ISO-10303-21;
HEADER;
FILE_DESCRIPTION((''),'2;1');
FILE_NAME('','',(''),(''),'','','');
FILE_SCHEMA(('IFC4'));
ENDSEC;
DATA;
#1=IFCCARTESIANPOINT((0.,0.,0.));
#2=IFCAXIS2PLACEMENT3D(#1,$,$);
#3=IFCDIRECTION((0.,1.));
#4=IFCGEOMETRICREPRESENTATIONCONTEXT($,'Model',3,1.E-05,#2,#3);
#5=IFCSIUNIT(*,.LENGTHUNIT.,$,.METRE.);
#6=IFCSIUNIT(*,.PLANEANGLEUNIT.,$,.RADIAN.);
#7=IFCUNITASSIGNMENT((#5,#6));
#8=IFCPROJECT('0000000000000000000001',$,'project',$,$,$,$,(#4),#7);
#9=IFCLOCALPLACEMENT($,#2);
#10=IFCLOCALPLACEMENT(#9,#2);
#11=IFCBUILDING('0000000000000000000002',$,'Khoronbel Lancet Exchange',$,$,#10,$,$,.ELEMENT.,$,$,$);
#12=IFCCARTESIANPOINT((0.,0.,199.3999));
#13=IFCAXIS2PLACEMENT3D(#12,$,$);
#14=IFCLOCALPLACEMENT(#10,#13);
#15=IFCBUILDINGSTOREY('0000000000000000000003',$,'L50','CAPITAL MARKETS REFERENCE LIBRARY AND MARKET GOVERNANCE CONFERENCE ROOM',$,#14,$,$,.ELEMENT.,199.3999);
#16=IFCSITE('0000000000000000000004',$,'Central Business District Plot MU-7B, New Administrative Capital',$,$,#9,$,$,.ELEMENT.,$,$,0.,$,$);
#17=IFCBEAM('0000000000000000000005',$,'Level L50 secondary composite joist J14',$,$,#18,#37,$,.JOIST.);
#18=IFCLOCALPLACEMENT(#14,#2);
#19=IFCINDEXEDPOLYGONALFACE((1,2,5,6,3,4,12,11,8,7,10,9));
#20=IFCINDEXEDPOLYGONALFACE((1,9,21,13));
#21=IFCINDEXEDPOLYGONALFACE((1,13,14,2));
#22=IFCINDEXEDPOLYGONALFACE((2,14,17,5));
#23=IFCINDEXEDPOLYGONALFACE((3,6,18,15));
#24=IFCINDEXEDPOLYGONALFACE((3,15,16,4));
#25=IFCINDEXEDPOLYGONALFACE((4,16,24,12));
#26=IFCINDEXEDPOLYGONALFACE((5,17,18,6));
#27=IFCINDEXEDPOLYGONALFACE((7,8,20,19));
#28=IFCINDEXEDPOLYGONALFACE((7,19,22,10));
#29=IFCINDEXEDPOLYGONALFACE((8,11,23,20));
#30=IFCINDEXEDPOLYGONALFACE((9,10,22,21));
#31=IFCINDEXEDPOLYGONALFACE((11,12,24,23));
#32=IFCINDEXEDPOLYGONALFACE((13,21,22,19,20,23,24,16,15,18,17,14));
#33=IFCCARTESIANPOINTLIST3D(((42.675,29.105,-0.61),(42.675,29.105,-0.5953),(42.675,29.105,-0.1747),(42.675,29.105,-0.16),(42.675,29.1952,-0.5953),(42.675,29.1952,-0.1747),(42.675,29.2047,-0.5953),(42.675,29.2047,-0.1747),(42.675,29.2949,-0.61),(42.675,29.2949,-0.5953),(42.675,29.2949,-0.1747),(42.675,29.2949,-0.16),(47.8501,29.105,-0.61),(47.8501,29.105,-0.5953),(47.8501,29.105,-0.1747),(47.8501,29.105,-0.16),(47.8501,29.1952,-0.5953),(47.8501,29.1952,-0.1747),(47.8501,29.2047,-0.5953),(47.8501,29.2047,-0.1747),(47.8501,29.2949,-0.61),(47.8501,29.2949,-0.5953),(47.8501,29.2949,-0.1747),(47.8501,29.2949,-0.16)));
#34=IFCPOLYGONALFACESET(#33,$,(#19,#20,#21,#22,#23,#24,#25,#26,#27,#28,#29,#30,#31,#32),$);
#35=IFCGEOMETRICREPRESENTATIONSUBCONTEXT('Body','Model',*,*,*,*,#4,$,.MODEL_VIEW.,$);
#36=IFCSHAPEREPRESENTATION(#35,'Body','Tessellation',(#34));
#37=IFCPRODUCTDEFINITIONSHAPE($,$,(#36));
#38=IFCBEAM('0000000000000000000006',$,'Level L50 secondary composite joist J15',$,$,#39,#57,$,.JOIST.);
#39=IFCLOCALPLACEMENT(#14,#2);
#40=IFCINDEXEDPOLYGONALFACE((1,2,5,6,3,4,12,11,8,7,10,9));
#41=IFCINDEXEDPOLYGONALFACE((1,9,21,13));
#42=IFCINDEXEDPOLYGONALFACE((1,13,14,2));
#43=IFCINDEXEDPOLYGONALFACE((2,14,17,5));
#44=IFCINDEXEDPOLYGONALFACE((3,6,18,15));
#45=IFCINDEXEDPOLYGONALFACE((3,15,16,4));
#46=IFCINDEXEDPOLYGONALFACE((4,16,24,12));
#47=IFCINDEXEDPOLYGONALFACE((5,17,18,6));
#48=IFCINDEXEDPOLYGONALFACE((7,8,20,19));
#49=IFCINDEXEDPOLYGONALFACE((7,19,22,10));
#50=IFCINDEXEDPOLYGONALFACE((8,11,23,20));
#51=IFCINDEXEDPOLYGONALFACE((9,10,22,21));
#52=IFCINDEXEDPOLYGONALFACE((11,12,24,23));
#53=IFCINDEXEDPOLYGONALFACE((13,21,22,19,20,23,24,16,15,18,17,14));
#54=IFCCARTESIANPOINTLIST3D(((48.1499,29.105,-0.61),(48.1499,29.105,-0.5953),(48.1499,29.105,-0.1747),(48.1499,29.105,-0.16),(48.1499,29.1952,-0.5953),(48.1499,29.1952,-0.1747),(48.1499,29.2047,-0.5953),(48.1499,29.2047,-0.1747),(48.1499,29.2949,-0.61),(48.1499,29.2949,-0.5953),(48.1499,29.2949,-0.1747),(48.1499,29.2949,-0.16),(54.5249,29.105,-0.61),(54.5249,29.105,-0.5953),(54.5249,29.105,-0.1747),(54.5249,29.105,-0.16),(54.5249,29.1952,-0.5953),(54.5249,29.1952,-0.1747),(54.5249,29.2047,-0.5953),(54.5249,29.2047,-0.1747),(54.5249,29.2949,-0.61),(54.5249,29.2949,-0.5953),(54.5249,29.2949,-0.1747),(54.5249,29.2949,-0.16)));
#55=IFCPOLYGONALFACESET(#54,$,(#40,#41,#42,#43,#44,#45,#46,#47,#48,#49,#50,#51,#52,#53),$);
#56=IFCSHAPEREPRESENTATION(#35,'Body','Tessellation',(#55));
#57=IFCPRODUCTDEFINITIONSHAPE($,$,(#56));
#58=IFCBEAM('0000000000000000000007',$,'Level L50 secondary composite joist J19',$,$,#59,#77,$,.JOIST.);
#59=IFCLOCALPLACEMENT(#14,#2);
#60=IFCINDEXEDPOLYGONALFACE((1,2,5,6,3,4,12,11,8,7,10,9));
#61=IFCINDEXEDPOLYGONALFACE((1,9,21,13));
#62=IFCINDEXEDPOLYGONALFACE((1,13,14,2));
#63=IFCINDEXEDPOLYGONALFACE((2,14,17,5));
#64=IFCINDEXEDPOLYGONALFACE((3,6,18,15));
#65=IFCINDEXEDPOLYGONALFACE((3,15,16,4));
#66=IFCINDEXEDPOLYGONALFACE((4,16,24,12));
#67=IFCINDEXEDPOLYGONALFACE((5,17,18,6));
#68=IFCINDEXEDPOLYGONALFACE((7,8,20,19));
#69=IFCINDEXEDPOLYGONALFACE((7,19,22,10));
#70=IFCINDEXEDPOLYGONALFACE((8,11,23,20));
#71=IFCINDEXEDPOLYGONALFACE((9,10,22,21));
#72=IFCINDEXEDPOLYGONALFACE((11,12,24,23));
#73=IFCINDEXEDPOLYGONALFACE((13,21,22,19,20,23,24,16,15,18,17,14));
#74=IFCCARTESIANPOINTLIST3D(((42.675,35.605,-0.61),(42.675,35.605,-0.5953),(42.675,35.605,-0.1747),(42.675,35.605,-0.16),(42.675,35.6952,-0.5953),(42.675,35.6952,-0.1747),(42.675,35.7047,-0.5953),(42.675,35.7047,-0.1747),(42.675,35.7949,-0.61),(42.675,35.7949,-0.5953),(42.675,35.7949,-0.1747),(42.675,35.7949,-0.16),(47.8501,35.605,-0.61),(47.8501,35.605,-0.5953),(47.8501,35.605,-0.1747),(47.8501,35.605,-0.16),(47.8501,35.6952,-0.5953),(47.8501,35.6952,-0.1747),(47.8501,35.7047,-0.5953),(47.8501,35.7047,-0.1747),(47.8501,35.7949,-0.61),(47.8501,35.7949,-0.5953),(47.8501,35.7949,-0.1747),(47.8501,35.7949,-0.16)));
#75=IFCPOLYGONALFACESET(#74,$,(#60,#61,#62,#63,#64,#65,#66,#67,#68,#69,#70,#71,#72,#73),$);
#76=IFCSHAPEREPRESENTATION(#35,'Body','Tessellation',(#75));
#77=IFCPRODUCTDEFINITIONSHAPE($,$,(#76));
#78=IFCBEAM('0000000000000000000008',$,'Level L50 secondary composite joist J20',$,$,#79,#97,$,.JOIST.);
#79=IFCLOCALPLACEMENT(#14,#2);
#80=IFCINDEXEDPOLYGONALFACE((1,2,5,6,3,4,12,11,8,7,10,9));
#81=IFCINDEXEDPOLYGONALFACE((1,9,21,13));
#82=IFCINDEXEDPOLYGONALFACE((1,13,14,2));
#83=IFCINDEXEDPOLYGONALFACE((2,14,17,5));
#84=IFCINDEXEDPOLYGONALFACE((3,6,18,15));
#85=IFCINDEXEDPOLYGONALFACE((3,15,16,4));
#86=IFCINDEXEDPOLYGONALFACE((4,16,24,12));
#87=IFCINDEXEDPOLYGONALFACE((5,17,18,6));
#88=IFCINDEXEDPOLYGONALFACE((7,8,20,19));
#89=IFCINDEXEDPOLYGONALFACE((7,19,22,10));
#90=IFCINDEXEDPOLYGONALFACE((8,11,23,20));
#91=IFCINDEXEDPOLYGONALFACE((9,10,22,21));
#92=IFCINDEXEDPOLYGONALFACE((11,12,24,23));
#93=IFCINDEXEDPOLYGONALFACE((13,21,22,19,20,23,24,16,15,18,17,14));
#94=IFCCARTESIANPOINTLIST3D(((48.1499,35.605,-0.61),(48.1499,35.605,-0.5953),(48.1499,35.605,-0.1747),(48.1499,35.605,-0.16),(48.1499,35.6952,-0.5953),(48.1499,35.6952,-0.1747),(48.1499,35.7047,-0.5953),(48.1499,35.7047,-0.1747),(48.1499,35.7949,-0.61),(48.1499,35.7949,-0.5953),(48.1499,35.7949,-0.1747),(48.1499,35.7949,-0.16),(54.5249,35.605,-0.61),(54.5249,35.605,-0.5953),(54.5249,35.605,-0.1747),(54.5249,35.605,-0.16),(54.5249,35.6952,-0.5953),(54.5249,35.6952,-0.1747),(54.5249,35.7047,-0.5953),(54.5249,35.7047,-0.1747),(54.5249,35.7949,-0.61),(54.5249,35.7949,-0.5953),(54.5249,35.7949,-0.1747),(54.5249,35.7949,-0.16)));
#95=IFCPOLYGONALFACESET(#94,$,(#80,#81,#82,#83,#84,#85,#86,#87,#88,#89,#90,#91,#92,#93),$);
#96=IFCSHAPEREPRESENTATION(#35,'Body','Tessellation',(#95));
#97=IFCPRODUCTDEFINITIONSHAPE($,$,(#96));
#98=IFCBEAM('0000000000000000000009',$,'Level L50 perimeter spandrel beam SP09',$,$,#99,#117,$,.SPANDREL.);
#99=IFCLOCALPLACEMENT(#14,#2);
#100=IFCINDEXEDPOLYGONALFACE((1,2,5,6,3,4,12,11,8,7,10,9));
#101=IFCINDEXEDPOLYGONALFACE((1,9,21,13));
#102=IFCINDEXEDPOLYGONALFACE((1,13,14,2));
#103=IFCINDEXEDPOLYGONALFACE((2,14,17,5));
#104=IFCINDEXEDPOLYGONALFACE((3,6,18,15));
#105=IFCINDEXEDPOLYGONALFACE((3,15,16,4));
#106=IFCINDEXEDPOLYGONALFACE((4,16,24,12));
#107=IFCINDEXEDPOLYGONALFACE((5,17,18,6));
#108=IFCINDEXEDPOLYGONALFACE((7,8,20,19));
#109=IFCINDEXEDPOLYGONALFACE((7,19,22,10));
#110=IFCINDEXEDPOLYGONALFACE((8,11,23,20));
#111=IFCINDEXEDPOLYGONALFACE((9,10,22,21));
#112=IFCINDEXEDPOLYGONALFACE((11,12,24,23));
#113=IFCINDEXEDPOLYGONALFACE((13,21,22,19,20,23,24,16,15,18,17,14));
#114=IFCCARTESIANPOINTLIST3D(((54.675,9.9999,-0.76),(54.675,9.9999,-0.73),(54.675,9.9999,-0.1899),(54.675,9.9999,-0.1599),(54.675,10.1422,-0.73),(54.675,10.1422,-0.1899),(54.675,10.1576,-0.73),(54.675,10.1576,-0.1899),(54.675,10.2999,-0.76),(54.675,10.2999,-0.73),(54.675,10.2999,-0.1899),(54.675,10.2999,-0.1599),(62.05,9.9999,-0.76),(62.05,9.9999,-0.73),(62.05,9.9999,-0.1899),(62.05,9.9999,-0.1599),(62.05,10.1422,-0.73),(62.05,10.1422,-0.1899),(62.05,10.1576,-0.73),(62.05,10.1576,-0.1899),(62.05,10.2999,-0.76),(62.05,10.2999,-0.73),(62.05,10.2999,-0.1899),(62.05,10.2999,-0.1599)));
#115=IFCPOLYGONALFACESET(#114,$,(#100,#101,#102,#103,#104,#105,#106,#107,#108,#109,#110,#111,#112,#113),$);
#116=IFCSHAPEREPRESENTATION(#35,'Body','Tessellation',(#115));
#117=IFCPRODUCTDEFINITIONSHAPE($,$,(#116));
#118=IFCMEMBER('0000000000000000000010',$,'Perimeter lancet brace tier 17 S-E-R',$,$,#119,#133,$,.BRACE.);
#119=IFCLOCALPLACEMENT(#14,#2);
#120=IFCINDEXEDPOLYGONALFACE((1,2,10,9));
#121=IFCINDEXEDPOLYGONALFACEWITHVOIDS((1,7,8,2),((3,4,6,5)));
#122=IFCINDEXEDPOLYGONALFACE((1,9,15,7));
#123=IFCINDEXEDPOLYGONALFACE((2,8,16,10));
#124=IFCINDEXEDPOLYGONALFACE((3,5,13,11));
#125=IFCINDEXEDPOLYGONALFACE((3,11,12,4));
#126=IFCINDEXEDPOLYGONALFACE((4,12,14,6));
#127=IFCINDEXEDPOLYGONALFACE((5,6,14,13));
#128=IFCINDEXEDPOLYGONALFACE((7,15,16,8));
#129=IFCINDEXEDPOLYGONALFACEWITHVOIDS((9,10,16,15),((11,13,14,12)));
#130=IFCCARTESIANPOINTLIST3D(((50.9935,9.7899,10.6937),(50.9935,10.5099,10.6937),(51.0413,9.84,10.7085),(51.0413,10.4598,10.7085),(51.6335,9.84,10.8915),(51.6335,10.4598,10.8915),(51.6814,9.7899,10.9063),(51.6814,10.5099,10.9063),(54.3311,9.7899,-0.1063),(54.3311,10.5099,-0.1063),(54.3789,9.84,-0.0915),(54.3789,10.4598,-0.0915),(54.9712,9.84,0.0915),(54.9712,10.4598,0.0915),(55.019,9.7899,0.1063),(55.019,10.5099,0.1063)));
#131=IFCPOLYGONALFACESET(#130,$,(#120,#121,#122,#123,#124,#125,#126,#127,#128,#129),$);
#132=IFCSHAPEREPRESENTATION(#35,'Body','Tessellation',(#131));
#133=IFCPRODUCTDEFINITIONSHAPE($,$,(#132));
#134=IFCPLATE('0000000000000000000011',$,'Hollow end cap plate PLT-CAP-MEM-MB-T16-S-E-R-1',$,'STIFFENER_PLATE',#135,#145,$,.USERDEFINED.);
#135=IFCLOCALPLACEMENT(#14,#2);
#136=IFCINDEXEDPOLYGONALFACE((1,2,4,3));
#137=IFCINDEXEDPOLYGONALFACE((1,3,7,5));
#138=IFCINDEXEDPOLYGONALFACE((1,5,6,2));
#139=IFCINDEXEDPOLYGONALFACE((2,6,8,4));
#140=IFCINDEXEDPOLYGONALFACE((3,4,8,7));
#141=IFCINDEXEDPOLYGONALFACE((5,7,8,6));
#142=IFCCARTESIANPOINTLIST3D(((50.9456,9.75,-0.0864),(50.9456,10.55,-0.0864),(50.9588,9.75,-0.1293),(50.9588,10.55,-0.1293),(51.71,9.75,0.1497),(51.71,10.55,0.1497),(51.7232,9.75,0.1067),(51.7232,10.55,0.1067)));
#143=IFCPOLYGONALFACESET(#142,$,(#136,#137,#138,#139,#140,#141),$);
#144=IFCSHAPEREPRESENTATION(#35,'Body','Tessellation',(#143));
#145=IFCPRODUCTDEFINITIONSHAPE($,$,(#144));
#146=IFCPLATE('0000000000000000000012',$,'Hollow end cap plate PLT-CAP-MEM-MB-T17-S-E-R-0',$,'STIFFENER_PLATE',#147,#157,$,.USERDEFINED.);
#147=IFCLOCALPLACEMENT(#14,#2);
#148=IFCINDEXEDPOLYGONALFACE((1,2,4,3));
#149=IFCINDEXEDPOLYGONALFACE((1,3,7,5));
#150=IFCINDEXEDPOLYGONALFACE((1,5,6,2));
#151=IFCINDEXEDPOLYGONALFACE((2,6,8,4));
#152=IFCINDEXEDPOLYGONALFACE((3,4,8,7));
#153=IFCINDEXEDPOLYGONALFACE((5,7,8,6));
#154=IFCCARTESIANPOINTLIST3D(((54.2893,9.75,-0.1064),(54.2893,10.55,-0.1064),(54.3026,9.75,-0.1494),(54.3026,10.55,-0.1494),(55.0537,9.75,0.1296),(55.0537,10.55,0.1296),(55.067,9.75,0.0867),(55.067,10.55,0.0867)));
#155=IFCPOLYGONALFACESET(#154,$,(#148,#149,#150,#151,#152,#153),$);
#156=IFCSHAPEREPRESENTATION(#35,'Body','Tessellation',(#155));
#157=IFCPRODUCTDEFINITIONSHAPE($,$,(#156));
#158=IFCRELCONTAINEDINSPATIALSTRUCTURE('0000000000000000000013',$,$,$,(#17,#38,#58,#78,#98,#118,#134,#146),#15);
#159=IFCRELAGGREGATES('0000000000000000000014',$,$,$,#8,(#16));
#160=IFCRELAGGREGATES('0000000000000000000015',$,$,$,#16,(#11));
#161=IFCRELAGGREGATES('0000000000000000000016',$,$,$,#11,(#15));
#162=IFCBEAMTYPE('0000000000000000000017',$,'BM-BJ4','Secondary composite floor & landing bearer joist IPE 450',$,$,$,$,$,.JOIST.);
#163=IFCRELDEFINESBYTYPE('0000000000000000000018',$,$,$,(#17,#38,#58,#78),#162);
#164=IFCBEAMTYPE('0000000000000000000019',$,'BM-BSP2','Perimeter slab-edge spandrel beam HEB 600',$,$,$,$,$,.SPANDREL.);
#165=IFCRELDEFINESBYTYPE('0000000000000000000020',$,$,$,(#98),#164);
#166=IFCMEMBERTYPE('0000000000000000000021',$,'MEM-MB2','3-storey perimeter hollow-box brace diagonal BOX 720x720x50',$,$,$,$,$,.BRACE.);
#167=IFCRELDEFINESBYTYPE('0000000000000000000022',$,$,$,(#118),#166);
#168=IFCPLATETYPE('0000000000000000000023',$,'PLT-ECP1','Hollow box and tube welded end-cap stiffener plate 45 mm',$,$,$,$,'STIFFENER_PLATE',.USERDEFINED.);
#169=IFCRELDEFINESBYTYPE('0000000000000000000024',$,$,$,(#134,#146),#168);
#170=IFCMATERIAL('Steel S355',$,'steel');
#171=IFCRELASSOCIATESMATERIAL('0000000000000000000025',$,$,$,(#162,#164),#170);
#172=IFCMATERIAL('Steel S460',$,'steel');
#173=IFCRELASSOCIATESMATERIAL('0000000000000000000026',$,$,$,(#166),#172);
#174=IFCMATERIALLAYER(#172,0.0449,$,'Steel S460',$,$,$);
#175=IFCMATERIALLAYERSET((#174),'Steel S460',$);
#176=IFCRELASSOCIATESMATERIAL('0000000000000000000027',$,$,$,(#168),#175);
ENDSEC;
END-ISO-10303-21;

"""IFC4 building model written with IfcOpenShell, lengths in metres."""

from ifc_helpers import new_model, si_unit, direction, frame, origin, origin_2d, place, context, subcontext, project, spatial, polyline, hollow_rectangle, i_section, outline, extrude, material, layer, layer_set, material_profile, profile_set, type_object, element, save


model = new_model("IFC4")

# Units and contexts
model_context = context("Model", 3, precision=1e-05, world=origin(), true_north=direction((0.0, 1.0)))
body_context = subcontext(model_context, "Body", "Model", "MODEL_VIEW")
ifc_project = project(units=[si_unit("LENGTHUNIT", "METRE"), si_unit("PLANEANGLEUNIT", "RADIAN")], contexts=[model_context])

# Site, building, storey
site_placement = place(None, origin())
site = spatial("IfcSite", under=ifc_project, at=site_placement, Name="Central Business District Plot MU-7B, New Administrative Capital", CompositionType="ELEMENT", RefElevation=0.0)
building_placement = place(site_placement, origin())
building = spatial("IfcBuilding", under=site, at=building_placement, Name="Khoronbel Lancet Exchange", CompositionType="ELEMENT")
storey_placement = place(building_placement, frame((0.0, 0.0, 199.3999)))
storey = spatial("IfcBuildingStorey", under=building, at=storey_placement, Name="L50", Description="CAPITAL MARKETS REFERENCE LIBRARY AND MARKET GOVERNANCE CONFERENCE ROOM", CompositionType="ELEMENT", Elevation=199.3999)

# Shared definitions
ifc_material_1 = material(Name="Steel S460", Category="steel")
ifc_material_2 = material(Name="Steel S355", Category="steel")

# Beams
ifc_material_profile_1 = material_profile(ifc_material_2, i_section(OverallWidth=0.1899, OverallDepth=0.45, WebThickness=0.0095, FlangeThickness=0.0146, at=origin_2d()), Name="IPE 450")
ifc_profile_set_1 = profile_set([ifc_material_profile_1], Name="Steel S355")
beam_type_1 = type_object("IfcBeamType", Name="BM-BJ4", Description="Secondary composite floor & landing bearer joist IPE 450", PredefinedType="JOIST", material=ifc_profile_set_1)
beam_1_placement = place(storey_placement, frame((42.675, 29.2, -0.385), z_axis=(1.0, 0.0, 0.0), x_axis=(0.0, 1.0, 0.0)))
element("IfcBeam", 1, at=beam_1_placement, inside=storey, type_object=beam_type_1, Name="Level L50 secondary composite joist J14", PredefinedType="JOIST", context=body_context, shape_type="SweptSolid", body=[
    extrude(i_section(OverallWidth=0.1899, OverallDepth=0.45, WebThickness=0.0095, FlangeThickness=0.0146, at=origin_2d()), origin(), (0.0, 0.0, 1.0), 5.175),
])
beam_2_placement = place(storey_placement, frame((48.1499, 29.2, -0.385), z_axis=(1.0, 0.0, 0.0), x_axis=(0.0, 1.0, 0.0)))
element("IfcBeam", 2, at=beam_2_placement, inside=storey, type_object=beam_type_1, Name="Level L50 secondary composite joist J15", PredefinedType="JOIST", context=body_context, shape_type="SweptSolid", body=[
    extrude(i_section(OverallWidth=0.1899, OverallDepth=0.45, WebThickness=0.0095, FlangeThickness=0.0146, at=origin_2d()), origin(), (0.0, 0.0, 1.0), 6.375),
])
beam_3_placement = place(storey_placement, frame((42.675, 35.7, -0.385), z_axis=(1.0, 0.0, 0.0), x_axis=(0.0, 1.0, 0.0)))
element("IfcBeam", 3, at=beam_3_placement, inside=storey, type_object=beam_type_1, Name="Level L50 secondary composite joist J19", PredefinedType="JOIST", context=body_context, shape_type="SweptSolid", body=[
    extrude(i_section(OverallWidth=0.1899, OverallDepth=0.45, WebThickness=0.0095, FlangeThickness=0.0146, at=origin_2d()), origin(), (0.0, 0.0, 1.0), 5.175),
])
beam_4_placement = place(storey_placement, frame((48.1499, 35.7, -0.385), z_axis=(1.0, 0.0, 0.0), x_axis=(0.0, 1.0, 0.0)))
element("IfcBeam", 4, at=beam_4_placement, inside=storey, type_object=beam_type_1, Name="Level L50 secondary composite joist J20", PredefinedType="JOIST", context=body_context, shape_type="SweptSolid", body=[
    extrude(i_section(OverallWidth=0.1899, OverallDepth=0.45, WebThickness=0.0095, FlangeThickness=0.0146, at=origin_2d()), origin(), (0.0, 0.0, 1.0), 6.375),
])
ifc_material_profile_2 = material_profile(ifc_material_2, i_section(OverallWidth=0.3, OverallDepth=0.6001, WebThickness=0.0154, FlangeThickness=0.03, at=origin_2d()), Name="HEB 600")
ifc_profile_set_2 = profile_set([ifc_material_profile_2], Name="Steel S355")
beam_type_2 = type_object("IfcBeamType", Name="BM-BSP2", Description="Perimeter slab-edge spandrel beam HEB 600", PredefinedType="SPANDREL", material=ifc_profile_set_2)
beam_5_placement = place(storey_placement, frame((54.675, 10.1499, -0.46), z_axis=(1.0, 0.0, 0.0), x_axis=(0.0, 1.0, 0.0)))
element("IfcBeam", 5, at=beam_5_placement, inside=storey, type_object=beam_type_2, Name="Level L50 perimeter spandrel beam SP09", PredefinedType="SPANDREL", context=body_context, shape_type="SweptSolid", body=[
    extrude(i_section(OverallWidth=0.3, OverallDepth=0.6001, WebThickness=0.0154, FlangeThickness=0.03, at=origin_2d()), origin(), (0.0, 0.0, 1.0), 7.375),
])

# Member
ifc_material_profile_3 = material_profile(ifc_material_1, hollow_rectangle(XDim=0.72, YDim=0.72, WallThickness=0.05, at=origin_2d()), Name="BOX 720x720x50")
ifc_profile_set_3 = profile_set([ifc_material_profile_3], Name="Steel S460")
member_type = type_object("IfcMemberType", Name="MEM-MB2", Description="3-storey perimeter hollow-box brace diagonal BOX 720x720x50", PredefinedType="BRACE", material=ifc_profile_set_3)
member_placement = place(storey_placement, frame((54.675, 10.1499, 0.0), z_axis=(-0.295262, 0.0, 0.955416), x_axis=(0.0, -1.0, 0.0)))
element("IfcMember", 6, at=member_placement, inside=storey, type_object=member_type, Name="Perimeter lancet brace tier 17 S-E-R", PredefinedType="BRACE", context=body_context, shape_type="SweptSolid", body=[
    extrude(hollow_rectangle(XDim=0.72, YDim=0.72, WallThickness=0.05, at=origin_2d()), origin(), (0.0, 0.0, 1.0), 11.304),
])

# Plates
ifc_layer_1 = layer(ifc_material_1, 0.0449, Name="Steel S460")
ifc_layer_set_1 = layer_set([ifc_layer_1], Name="Steel S460")
plate_type = type_object("IfcPlateType", Name="PLT-ECP1", Description="Hollow box and tube welded end-cap stiffener plate 45 mm", ElementType="STIFFENER_PLATE", PredefinedType="USERDEFINED", material=ifc_layer_set_1)
for number, where, z_axis, x_axis, name in (
    (7, (50.9456, 10.55, -0.0864), (-0.295094, 0.0, 0.955468), (0.0, -1.0, 0.0), "Hollow end cap plate PLT-CAP-MEM-MB-T16-S-E-R-1"),
    (8, (54.2893, 10.55, -0.1064), (-0.295094, 0.0, 0.955468), (0.0, -1.0, 0.0), "Hollow end cap plate PLT-CAP-MEM-MB-T17-S-E-R-0"),
):
    element("IfcPlate", number, at=place(storey_placement, frame(where, z_axis=z_axis, x_axis=x_axis)), inside=storey, type_object=plate_type, Name=name, ObjectType="STIFFENER_PLATE", PredefinedType="USERDEFINED", context=body_context, shape_type="SweptSolid", body=[
        extrude(outline(polyline([(0.0, 0.0), (0.8, 0.0), (0.8, 0.8), (0.0, 0.8), (0.0, 0.0)])), origin(), (0.0, 0.0, -1.0), 0.0449),
    ])

save(model, "model.ifc")
